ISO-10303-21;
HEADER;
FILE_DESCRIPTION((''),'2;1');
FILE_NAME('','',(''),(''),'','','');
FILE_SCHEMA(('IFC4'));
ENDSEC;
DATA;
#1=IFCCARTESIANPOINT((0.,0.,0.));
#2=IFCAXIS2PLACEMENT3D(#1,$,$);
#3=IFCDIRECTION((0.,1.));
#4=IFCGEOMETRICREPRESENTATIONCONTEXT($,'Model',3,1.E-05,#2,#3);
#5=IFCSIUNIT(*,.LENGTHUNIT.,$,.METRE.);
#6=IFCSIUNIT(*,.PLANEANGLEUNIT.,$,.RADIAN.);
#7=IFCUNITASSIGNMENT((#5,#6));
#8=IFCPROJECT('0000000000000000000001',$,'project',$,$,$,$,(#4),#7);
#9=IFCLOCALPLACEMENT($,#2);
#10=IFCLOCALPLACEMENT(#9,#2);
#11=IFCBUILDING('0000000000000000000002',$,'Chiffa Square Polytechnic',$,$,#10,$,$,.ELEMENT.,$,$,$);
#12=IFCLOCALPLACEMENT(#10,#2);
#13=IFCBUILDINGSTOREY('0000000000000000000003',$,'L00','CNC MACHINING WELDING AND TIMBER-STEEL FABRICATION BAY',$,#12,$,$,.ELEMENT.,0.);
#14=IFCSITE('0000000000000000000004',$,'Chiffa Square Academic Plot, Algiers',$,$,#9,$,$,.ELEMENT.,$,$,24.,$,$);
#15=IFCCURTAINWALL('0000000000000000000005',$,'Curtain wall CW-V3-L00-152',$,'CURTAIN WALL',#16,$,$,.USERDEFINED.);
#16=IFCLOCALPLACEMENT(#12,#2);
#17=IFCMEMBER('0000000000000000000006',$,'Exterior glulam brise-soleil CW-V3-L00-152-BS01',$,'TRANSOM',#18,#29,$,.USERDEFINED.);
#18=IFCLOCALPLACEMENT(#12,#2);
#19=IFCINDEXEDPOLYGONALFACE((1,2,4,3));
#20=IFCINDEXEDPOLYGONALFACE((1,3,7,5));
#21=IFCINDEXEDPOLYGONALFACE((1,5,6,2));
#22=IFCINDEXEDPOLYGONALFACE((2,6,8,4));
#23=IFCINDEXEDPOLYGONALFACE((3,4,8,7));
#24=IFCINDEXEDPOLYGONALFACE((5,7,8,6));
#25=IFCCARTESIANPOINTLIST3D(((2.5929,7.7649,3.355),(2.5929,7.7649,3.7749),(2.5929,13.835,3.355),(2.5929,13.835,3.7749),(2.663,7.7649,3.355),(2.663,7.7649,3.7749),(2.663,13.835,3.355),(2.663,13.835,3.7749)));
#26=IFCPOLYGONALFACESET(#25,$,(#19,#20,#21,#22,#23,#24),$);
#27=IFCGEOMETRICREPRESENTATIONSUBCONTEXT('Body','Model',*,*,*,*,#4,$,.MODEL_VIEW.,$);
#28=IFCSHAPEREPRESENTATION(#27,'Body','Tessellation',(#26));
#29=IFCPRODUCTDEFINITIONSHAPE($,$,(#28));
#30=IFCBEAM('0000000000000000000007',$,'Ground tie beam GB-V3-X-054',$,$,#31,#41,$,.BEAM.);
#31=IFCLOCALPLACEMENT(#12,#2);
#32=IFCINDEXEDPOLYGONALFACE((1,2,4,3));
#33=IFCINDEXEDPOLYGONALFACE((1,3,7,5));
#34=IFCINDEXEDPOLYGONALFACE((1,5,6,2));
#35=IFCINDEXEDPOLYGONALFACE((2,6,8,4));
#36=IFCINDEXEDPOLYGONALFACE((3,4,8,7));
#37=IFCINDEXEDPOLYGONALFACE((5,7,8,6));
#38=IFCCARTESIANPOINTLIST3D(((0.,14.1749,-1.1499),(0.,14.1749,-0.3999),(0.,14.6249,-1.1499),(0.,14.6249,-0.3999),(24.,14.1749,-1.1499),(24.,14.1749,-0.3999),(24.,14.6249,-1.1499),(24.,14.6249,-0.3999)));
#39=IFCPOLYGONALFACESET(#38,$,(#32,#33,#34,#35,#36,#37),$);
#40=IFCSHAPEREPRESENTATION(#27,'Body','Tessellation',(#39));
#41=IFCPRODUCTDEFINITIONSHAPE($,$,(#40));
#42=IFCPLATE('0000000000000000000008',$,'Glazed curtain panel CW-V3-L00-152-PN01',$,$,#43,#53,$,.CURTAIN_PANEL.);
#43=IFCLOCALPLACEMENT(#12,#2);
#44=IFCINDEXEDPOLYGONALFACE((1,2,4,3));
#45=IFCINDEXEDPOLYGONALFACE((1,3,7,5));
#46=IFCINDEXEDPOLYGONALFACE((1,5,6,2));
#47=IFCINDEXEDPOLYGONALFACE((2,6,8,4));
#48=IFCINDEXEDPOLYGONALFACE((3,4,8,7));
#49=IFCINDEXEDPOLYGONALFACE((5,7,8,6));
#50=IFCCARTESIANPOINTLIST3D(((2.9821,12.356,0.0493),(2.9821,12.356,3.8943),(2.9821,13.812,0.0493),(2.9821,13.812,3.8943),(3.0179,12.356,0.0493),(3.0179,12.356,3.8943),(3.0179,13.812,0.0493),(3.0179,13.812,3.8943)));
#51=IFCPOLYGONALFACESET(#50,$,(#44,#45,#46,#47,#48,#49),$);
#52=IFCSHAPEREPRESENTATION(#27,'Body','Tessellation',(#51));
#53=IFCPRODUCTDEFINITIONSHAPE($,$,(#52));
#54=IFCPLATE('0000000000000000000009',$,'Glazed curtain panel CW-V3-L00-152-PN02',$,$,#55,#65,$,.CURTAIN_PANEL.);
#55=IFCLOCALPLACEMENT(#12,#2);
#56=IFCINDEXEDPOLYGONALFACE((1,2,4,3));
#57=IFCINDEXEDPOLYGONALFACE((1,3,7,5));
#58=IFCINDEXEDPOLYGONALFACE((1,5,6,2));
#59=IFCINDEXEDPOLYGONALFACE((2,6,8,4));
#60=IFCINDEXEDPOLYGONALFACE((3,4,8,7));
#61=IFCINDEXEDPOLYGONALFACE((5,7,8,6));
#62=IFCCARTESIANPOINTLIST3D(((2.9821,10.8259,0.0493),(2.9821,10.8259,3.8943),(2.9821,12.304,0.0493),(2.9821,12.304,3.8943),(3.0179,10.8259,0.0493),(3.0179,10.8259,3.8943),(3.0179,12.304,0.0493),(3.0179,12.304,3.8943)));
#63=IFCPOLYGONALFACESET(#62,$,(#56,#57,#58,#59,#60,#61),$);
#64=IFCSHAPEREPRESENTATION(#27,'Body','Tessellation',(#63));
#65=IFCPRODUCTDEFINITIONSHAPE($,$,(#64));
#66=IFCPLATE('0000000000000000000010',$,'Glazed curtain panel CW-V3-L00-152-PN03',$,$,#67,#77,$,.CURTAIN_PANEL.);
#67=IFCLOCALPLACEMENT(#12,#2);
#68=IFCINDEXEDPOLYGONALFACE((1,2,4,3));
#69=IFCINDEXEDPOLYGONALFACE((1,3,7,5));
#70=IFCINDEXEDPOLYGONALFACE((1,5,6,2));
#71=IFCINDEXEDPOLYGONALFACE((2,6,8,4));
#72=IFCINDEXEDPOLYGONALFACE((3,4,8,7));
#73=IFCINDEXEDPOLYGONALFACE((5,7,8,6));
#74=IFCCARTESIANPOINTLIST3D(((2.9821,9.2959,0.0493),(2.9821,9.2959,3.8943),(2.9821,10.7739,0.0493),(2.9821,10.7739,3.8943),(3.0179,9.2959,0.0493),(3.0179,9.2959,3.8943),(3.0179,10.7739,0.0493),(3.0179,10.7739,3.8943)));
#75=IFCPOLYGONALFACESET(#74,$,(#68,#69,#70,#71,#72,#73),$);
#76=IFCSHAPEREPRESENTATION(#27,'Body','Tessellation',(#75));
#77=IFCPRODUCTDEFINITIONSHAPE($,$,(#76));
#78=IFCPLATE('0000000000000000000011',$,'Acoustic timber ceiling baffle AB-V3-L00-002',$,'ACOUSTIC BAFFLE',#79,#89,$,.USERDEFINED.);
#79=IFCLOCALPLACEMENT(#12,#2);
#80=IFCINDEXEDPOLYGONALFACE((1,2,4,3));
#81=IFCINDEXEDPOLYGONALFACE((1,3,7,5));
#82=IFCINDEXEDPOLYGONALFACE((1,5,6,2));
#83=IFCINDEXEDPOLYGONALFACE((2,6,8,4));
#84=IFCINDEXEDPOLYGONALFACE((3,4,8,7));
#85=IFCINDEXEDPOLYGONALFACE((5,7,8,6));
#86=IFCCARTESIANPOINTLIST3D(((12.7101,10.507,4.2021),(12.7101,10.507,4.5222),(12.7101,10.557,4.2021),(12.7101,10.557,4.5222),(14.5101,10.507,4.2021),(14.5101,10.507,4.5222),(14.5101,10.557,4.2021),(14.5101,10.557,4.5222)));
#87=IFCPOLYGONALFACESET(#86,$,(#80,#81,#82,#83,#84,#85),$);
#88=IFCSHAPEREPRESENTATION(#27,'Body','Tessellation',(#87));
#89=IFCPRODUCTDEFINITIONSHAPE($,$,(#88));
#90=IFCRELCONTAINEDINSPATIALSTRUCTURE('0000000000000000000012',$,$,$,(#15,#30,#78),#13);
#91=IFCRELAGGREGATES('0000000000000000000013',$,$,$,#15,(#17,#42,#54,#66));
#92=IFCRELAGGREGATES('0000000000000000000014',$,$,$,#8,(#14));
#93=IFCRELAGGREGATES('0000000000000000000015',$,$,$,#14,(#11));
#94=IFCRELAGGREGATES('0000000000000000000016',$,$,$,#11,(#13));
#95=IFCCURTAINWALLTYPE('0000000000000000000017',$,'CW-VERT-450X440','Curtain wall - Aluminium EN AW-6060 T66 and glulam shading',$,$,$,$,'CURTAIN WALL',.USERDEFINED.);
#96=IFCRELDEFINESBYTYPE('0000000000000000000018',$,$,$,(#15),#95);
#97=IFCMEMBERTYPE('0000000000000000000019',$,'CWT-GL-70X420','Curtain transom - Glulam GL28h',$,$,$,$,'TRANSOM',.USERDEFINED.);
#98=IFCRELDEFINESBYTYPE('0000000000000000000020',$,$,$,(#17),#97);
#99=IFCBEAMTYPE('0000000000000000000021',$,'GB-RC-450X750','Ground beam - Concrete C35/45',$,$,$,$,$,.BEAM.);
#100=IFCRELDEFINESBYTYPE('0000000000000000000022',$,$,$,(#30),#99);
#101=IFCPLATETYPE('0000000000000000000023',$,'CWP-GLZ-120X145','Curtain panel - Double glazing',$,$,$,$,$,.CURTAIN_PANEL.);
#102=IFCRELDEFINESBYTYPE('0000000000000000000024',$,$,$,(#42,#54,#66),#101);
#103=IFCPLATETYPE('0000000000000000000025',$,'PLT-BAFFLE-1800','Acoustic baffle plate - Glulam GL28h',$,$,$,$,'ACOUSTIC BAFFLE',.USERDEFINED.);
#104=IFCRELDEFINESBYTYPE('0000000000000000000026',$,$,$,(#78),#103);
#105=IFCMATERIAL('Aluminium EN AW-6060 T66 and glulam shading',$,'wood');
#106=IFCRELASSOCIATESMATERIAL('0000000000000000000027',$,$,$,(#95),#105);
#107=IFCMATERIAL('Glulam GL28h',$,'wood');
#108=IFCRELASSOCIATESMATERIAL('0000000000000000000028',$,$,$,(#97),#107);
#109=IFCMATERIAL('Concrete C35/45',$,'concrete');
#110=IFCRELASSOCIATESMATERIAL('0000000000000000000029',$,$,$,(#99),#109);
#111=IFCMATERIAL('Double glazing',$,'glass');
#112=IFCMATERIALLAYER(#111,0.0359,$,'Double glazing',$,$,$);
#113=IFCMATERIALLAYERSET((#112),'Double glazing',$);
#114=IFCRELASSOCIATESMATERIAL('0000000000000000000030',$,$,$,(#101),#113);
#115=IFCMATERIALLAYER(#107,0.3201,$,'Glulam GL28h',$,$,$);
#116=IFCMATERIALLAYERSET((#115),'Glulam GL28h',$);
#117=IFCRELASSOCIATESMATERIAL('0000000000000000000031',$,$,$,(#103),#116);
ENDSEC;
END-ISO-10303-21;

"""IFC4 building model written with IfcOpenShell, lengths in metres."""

from ifc_helpers import new_model, si_unit, direction, frame, origin, origin_2d, place, context, subcontext, project, spatial, rectangle, extrude, material, layer, layer_set, material_profile, profile_set, type_object, element, aggregate, save


model = new_model("IFC4")

# Units and contexts
model_context = context("Model", 3, precision=1e-05, world=origin(), true_north=direction((0.0, 1.0)))
body_context = subcontext(model_context, "Body", "Model", "MODEL_VIEW")
ifc_project = project(units=[si_unit("LENGTHUNIT", "METRE"), si_unit("PLANEANGLEUNIT", "RADIAN")], contexts=[model_context])

# Site, building, storey
site_placement = place(None, origin())
site = spatial("IfcSite", under=ifc_project, at=site_placement, Name="Chiffa Square Academic Plot, Algiers", CompositionType="ELEMENT", RefElevation=24.0)
building_placement = place(site_placement, origin())
building = spatial("IfcBuilding", under=site, at=building_placement, Name="Chiffa Square Polytechnic", CompositionType="ELEMENT")
storey_placement = place(building_placement, origin())
storey = spatial("IfcBuildingStorey", under=building, at=storey_placement, Name="L00", Description="CNC MACHINING WELDING AND TIMBER-STEEL FABRICATION BAY", CompositionType="ELEMENT", Elevation=0.0)

# Curtain wall, member
ifc_material_1 = material(Name="Aluminium EN AW-6060 T66 and glulam shading", Category="wood")
curtain_wall_type = type_object("IfcCurtainWallType", Name="CW-VERT-450X440", Description="Curtain wall - Aluminium EN AW-6060 T66 and glulam shading", ElementType="CURTAIN WALL", PredefinedType="USERDEFINED", material=ifc_material_1)
curtain_wall_placement = place(storey_placement, origin())
curtain_wall = element("IfcCurtainWall", 1, at=curtain_wall_placement, inside=storey, type_object=curtain_wall_type, Name="Curtain wall CW-V3-L00-152", ObjectType="CURTAIN WALL", PredefinedType="USERDEFINED")
ifc_material_2 = material(Name="Glulam GL28h", Category="wood")
ifc_material_profile_1 = material_profile(ifc_material_2, rectangle(XDim=0.0701, YDim=0.4199, at=origin_2d()), Name="GL28h 70x420")
ifc_profile_set_1 = profile_set([ifc_material_profile_1], Name="Glulam GL28h")
member_type_1 = type_object("IfcMemberType", Name="CWT-GL-70X420", Description="Curtain transom - Glulam GL28h", ElementType="TRANSOM", PredefinedType="USERDEFINED", material=ifc_profile_set_1)
member_1_placement = place(storey_placement, frame((2.6279, 13.835, 3.5649), z_axis=(0.0, -1.0, 0.0), x_axis=(1.0, 0.0, 0.0)))
member_1 = element("IfcMember", 2, at=member_1_placement, type_object=member_type_1, Name="Exterior glulam brise-soleil CW-V3-L00-152-BS01", ObjectType="TRANSOM", PredefinedType="USERDEFINED", context=body_context, shape_type="SweptSolid", body=[
    extrude(rectangle(XDim=0.0701, YDim=0.4199, at=origin_2d()), origin(), (0.0, 0.0, 1.0), 6.0701),
])

# Beam
ifc_material_3 = material(Name="Concrete C35/45", Category="concrete")
ifc_material_profile_2 = material_profile(ifc_material_3, rectangle(XDim=0.45, YDim=0.75, at=origin_2d()), Name="RC 450x750")
ifc_profile_set_2 = profile_set([ifc_material_profile_2], Name="Concrete C35/45")
beam_type = type_object("IfcBeamType", Name="GB-RC-450X750", Description="Ground beam - Concrete C35/45", PredefinedType="BEAM", material=ifc_profile_set_2)
beam_placement = place(storey_placement, frame((0.0, 14.3999, -0.7749), z_axis=(1.0, 0.0, 0.0), x_axis=(0.0, 1.0, 0.0)))
element("IfcBeam", 3, at=beam_placement, inside=storey, type_object=beam_type, Name="Ground tie beam GB-V3-X-054", PredefinedType="BEAM", context=body_context, shape_type="SweptSolid", body=[
    extrude(rectangle(XDim=0.45, YDim=0.75, at=origin_2d()), origin(), (0.0, 0.0, 1.0), 24.0),
])

# Plates
ifc_material_4 = material(Name="Double glazing", Category="glass")
ifc_layer_1 = layer(ifc_material_4, 0.0359, Name="Double glazing")
ifc_layer_set_1 = layer_set([ifc_layer_1], Name="Double glazing")
plate_type_1 = type_object("IfcPlateType", Name="CWP-GLZ-120X145", Description="Curtain panel - Double glazing", PredefinedType="CURTAIN_PANEL", material=ifc_layer_set_1)
plate_1_placement = place(storey_placement, frame((3.0, 13.084, 0.0493), z_axis=(0.0, 0.0, 1.0), x_axis=(0.0, -1.0, 0.0)))
plate_1 = element("IfcPlate", 4, at=plate_1_placement, type_object=plate_type_1, Name="Glazed curtain panel CW-V3-L00-152-PN01", PredefinedType="CURTAIN_PANEL", context=body_context, shape_type="SweptSolid", body=[
    extrude(rectangle(XDim=1.4561, YDim=0.0359, at=origin_2d()), origin(), (0.0, 0.0, 1.0), 3.845),
])
plate_2_placement = place(storey_placement, frame((3.0, 11.5649, 0.0493), z_axis=(0.0, 0.0, 1.0), x_axis=(0.0, -1.0, 0.0)))
plate_2 = element("IfcPlate", 5, at=plate_2_placement, type_object=plate_type_1, Name="Glazed curtain panel CW-V3-L00-152-PN02", PredefinedType="CURTAIN_PANEL", context=body_context, shape_type="SweptSolid", body=[
    extrude(rectangle(XDim=1.478, YDim=0.0359, at=origin_2d()), origin(), (0.0, 0.0, 1.0), 3.845),
])
plate_3_placement = place(storey_placement, frame((3.0, 10.0349, 0.0493), z_axis=(0.0, 0.0, 1.0), x_axis=(0.0, -1.0, 0.0)))
plate_3 = element("IfcPlate", 6, at=plate_3_placement, type_object=plate_type_1, Name="Glazed curtain panel CW-V3-L00-152-PN03", PredefinedType="CURTAIN_PANEL", context=body_context, shape_type="SweptSolid", body=[
    extrude(rectangle(XDim=1.478, YDim=0.0359, at=origin_2d()), origin(), (0.0, 0.0, 1.0), 3.845),
])
aggregate(curtain_wall, [member_1, plate_1, plate_2, plate_3])
ifc_layer_2 = layer(ifc_material_2, 0.3201, Name="Glulam GL28h")
ifc_layer_set_2 = layer_set([ifc_layer_2], Name="Glulam GL28h")
plate_type_2 = type_object("IfcPlateType", Name="PLT-BAFFLE-1800", Description="Acoustic baffle plate - Glulam GL28h", ElementType="ACOUSTIC BAFFLE", PredefinedType="USERDEFINED", material=ifc_layer_set_2)
plate_4_placement = place(storey_placement, frame((13.6101, 10.532, 4.2021), z_axis=(0.0, 0.0, 1.0), x_axis=(1.0, 0.0, 0.0)))
element("IfcPlate", 7, at=plate_4_placement, inside=storey, type_object=plate_type_2, Name="Acoustic timber ceiling baffle AB-V3-L00-002", ObjectType="ACOUSTIC BAFFLE", PredefinedType="USERDEFINED", context=body_context, shape_type="SweptSolid", body=[
    extrude(rectangle(XDim=1.8, YDim=0.05, at=origin_2d()), origin(), (0.0, 0.0, 1.0), 0.3201),
])

save(model, "model.ifc")
